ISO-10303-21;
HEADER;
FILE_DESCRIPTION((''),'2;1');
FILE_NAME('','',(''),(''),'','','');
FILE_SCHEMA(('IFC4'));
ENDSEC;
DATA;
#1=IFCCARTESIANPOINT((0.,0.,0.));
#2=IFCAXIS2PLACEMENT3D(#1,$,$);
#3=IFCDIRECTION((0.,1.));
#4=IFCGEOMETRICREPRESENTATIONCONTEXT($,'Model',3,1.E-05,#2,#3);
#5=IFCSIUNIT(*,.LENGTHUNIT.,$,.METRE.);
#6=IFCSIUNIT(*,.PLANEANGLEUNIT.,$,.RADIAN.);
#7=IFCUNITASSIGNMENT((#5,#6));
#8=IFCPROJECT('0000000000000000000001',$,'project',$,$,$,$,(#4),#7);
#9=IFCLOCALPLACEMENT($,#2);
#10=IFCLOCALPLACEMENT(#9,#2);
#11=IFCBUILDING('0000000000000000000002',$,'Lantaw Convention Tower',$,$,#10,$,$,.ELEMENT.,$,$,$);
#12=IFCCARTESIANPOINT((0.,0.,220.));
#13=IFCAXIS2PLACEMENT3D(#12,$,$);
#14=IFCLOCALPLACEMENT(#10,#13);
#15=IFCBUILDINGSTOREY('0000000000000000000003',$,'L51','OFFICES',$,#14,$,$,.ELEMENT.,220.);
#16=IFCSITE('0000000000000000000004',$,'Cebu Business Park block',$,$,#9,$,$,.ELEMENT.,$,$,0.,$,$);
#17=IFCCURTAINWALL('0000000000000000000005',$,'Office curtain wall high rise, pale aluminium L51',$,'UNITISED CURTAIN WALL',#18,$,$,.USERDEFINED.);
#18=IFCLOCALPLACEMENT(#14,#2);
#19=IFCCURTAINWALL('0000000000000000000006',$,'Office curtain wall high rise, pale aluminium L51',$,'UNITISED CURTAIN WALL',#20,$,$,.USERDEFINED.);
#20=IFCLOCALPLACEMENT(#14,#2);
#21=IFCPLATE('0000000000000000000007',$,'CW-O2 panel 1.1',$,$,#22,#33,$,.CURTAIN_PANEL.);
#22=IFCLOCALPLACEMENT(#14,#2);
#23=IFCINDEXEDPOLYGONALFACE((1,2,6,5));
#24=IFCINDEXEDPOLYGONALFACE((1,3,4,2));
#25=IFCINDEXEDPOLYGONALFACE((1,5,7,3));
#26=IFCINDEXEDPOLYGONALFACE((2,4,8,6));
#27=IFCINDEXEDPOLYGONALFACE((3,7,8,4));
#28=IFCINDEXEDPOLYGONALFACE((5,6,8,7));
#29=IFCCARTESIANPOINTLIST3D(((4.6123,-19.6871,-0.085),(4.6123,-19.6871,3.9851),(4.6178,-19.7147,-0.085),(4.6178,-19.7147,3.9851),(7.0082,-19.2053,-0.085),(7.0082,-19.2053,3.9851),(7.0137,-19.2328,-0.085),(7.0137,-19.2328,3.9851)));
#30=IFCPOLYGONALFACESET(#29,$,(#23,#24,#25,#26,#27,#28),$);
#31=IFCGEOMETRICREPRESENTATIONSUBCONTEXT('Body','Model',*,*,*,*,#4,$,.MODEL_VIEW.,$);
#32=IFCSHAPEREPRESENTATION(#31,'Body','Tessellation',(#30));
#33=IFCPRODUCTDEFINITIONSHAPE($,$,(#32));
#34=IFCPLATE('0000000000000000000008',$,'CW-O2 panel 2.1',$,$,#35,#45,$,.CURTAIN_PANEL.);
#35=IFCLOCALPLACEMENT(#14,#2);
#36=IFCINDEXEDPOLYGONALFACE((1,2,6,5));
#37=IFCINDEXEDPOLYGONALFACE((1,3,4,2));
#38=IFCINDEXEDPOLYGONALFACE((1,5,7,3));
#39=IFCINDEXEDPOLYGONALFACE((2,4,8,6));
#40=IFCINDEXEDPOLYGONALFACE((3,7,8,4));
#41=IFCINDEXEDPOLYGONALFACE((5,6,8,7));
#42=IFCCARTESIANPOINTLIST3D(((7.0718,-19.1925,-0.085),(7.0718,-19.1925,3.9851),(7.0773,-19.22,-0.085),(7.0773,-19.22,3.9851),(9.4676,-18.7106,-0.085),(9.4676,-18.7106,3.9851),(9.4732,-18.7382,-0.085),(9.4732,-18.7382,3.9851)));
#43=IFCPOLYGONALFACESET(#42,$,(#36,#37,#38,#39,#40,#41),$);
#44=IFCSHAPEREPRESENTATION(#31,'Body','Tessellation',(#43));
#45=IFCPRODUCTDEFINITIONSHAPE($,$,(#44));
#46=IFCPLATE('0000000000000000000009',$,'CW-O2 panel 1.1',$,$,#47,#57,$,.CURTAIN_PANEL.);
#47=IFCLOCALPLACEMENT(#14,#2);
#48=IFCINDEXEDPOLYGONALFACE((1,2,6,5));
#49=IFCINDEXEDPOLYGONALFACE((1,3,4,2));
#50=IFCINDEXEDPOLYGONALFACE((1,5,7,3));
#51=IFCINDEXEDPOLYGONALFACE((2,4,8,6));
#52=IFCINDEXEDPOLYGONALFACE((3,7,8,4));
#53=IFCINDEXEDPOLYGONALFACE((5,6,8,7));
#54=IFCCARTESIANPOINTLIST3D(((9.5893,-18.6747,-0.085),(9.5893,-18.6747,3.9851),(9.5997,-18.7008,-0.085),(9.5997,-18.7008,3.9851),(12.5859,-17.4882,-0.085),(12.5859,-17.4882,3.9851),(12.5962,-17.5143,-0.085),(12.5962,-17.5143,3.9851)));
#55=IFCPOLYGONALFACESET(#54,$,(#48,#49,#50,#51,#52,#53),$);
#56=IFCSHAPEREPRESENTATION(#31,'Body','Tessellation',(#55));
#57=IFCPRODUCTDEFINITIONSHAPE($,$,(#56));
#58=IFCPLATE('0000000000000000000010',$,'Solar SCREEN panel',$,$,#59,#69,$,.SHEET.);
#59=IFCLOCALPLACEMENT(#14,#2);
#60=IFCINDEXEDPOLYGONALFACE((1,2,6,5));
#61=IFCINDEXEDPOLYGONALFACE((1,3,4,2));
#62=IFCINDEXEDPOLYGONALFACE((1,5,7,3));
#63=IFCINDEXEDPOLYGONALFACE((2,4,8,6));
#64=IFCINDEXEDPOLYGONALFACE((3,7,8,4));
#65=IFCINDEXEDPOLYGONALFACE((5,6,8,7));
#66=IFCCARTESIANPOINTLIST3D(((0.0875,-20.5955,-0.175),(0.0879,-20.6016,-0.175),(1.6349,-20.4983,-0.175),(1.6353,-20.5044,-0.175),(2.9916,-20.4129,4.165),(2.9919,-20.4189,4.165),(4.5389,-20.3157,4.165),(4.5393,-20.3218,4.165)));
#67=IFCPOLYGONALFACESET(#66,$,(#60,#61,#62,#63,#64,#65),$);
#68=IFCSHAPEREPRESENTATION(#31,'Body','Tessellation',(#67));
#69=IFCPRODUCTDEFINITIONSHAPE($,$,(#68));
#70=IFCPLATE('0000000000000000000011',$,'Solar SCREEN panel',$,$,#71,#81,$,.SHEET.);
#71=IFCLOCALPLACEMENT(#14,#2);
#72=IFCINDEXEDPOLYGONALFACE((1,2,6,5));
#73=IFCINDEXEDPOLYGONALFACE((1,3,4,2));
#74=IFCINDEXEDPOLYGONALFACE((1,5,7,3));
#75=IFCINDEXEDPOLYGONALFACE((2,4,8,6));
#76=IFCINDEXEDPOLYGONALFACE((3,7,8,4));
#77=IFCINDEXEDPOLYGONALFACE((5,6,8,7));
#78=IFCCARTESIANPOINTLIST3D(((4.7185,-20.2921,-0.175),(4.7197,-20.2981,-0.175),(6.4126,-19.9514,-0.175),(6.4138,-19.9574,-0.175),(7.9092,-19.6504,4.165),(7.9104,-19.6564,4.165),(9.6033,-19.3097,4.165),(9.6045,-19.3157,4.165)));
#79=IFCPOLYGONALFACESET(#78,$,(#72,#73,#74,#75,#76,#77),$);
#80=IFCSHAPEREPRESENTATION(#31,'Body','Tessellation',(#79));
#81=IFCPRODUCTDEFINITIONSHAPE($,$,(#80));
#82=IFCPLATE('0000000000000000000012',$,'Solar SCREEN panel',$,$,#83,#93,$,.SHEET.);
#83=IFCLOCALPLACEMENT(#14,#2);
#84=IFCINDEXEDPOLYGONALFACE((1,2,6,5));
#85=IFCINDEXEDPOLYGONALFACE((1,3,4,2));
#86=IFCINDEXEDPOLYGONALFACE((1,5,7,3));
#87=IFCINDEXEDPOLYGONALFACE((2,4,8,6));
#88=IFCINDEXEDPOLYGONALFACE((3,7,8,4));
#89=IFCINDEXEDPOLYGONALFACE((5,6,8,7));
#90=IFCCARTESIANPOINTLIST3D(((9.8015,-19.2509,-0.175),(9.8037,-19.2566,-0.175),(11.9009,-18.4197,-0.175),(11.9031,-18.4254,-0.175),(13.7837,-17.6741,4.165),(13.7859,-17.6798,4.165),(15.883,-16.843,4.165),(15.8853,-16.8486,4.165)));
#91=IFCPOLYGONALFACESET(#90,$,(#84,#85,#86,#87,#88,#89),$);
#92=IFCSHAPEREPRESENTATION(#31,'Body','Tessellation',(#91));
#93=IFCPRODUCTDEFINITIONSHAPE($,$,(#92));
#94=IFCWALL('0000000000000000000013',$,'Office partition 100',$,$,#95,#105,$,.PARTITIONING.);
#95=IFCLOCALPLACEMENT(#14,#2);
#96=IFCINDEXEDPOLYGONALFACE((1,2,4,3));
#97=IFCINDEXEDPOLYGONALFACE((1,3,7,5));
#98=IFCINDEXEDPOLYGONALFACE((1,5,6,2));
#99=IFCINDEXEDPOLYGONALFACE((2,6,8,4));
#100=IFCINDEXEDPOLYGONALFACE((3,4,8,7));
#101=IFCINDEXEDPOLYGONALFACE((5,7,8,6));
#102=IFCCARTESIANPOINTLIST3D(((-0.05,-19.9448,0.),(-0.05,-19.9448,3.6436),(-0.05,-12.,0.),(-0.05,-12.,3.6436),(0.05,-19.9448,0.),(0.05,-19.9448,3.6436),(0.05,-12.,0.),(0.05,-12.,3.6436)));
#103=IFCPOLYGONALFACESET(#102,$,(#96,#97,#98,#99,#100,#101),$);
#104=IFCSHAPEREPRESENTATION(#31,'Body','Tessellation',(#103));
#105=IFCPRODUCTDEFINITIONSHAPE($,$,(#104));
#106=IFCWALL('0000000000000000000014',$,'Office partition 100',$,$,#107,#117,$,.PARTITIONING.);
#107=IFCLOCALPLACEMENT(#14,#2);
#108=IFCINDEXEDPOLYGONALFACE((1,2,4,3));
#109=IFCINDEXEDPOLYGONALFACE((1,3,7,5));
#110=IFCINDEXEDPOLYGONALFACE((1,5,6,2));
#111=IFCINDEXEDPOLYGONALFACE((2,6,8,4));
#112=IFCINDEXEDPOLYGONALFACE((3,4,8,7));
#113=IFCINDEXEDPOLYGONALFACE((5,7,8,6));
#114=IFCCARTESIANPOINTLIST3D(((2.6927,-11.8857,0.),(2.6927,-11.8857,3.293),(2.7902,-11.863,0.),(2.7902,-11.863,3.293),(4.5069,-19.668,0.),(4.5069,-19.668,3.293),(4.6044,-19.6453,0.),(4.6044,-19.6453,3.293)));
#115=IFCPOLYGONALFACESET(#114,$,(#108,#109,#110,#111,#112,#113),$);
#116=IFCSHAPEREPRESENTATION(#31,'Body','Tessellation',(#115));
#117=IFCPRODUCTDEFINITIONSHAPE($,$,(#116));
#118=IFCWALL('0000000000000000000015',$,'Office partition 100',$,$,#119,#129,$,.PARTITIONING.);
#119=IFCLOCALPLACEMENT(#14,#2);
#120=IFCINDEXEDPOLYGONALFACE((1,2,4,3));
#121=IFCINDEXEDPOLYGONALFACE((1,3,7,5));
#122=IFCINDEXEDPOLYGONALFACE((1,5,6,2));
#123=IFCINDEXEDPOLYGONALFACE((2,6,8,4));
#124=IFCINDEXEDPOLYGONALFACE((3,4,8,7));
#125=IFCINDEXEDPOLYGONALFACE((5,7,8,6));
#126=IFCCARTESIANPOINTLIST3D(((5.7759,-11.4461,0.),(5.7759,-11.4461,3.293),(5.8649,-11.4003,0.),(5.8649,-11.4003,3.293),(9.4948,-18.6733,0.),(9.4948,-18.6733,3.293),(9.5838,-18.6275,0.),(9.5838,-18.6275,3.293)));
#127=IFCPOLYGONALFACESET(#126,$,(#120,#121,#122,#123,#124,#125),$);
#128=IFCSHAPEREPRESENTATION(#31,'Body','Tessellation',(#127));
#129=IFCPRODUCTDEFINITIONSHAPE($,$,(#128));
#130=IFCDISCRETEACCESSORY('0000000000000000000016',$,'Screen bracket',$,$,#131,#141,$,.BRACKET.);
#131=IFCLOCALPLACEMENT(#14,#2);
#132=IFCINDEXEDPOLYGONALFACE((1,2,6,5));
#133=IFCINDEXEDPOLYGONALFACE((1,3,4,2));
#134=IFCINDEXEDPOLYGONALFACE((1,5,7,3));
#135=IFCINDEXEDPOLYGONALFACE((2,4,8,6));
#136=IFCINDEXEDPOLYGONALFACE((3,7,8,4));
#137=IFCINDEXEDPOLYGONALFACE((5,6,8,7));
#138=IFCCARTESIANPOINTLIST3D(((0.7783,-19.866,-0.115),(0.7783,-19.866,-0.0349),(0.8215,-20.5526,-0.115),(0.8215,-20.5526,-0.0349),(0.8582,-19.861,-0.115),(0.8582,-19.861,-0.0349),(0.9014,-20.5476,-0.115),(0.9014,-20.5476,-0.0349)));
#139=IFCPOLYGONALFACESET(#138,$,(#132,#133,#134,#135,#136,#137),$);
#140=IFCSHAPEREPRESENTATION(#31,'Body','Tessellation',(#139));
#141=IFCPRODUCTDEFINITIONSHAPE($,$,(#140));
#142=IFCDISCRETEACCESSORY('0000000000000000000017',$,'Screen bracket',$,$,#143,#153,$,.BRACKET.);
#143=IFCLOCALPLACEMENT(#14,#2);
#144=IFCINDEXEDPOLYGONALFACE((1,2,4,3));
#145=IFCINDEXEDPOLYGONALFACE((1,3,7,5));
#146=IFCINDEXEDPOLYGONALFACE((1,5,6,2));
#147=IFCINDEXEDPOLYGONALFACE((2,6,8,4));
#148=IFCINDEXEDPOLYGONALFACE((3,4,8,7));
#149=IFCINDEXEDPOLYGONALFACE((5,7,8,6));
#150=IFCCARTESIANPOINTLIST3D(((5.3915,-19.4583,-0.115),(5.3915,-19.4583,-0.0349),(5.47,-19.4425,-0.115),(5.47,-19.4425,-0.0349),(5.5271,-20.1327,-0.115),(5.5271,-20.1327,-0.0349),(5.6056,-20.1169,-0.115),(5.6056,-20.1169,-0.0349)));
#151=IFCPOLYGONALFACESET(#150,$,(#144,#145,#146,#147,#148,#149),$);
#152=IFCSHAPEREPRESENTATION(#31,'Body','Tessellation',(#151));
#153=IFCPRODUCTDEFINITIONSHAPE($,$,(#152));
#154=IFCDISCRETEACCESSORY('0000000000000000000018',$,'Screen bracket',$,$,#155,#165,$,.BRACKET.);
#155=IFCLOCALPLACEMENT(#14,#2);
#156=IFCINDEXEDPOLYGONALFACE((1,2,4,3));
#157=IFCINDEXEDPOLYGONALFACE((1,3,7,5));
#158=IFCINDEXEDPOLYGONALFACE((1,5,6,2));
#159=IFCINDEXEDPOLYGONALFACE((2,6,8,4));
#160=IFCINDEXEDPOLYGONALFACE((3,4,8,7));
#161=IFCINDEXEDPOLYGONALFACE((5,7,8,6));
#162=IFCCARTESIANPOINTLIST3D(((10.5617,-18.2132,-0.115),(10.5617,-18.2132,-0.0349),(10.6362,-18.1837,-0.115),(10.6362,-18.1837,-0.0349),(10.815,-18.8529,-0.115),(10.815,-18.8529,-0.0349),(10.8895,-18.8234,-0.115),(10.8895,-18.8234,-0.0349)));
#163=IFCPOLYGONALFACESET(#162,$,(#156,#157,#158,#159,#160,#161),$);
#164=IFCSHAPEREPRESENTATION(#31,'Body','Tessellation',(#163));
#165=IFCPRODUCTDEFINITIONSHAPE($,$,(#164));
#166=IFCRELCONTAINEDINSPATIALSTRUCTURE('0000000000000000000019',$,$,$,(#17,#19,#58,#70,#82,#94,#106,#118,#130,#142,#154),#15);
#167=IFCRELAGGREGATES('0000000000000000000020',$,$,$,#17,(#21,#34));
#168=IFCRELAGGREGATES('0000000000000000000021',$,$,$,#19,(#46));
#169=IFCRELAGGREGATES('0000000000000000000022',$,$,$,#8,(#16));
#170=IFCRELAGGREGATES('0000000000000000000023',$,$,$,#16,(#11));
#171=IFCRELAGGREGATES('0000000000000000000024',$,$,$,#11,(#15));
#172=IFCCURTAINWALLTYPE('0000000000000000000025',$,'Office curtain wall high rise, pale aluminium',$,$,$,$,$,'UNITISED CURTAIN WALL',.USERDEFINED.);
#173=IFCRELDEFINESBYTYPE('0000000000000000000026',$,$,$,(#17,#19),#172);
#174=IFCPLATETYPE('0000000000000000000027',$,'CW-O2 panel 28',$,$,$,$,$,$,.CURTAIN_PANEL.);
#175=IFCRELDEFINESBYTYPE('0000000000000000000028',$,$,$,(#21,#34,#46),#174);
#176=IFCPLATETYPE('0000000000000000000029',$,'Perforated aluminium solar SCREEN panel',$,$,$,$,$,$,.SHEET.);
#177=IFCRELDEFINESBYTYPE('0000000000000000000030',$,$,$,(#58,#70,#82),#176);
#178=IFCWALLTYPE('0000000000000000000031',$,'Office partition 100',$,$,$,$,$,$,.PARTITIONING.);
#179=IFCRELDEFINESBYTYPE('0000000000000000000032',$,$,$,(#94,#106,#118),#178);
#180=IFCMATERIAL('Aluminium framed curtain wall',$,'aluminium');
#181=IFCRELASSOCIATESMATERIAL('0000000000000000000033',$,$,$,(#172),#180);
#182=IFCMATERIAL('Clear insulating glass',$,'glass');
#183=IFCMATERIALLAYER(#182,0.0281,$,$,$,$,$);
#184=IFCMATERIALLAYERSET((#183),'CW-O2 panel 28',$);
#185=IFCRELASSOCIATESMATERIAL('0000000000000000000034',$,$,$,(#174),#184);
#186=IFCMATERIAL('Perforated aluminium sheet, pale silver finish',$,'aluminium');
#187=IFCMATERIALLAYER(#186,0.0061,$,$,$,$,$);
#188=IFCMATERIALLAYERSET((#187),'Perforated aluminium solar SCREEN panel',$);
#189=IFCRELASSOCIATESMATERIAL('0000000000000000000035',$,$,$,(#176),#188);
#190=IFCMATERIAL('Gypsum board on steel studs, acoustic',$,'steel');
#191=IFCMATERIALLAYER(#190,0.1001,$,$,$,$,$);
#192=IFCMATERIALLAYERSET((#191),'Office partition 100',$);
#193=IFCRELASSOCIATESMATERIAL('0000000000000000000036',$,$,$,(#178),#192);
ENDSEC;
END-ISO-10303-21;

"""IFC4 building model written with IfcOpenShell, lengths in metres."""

from ifc_helpers import new_model, si_unit, direction, frame, frame_2d, origin, origin_2d, place, context, subcontext, project, spatial, polyline, rectangle, outline, extrude, material, layer, layer_set, type_object, element, aggregate, save


model = new_model("IFC4")

# Units and contexts
model_context = context("Model", 3, precision=1e-05, world=origin(), true_north=direction((0.0, 1.0)))
body_context = subcontext(model_context, "Body", "Model", "MODEL_VIEW")
ifc_project = project(units=[si_unit("LENGTHUNIT", "METRE"), si_unit("PLANEANGLEUNIT", "RADIAN")], contexts=[model_context])

# Site, building, storey
site_placement = place(None, origin())
site = spatial("IfcSite", under=ifc_project, at=site_placement, Name="Cebu Business Park block", CompositionType="ELEMENT", RefElevation=0.0)
building_placement = place(site_placement, origin())
building = spatial("IfcBuilding", under=site, at=building_placement, Name="Lantaw Convention Tower", CompositionType="ELEMENT")
storey_placement = place(building_placement, frame((0.0, 0.0, 220.0)))
storey = spatial("IfcBuildingStorey", under=building, at=storey_placement, Name="L51", Description="OFFICES", CompositionType="ELEMENT", Elevation=220.0)

# Curtain wall
ifc_material_1 = material(Name="Aluminium framed curtain wall", Category="aluminium")
curtain_wall_type = type_object("IfcCurtainWallType", Name="Office curtain wall high rise, pale aluminium", ElementType="UNITISED CURTAIN WALL", PredefinedType="USERDEFINED", material=ifc_material_1)
curtain_wall_1_placement = place(storey_placement, origin())
curtain_wall_1 = element("IfcCurtainWall", 1, at=curtain_wall_1_placement, inside=storey, type_object=curtain_wall_type, Name="Office curtain wall high rise, pale aluminium L51", ObjectType="UNITISED CURTAIN WALL", PredefinedType="USERDEFINED")

# Curtain wall
curtain_wall_2_placement = place(storey_placement, origin())
curtain_wall_2 = element("IfcCurtainWall", 2, at=curtain_wall_2_placement, inside=storey, type_object=curtain_wall_type, Name="Office curtain wall high rise, pale aluminium L51", ObjectType="UNITISED CURTAIN WALL", PredefinedType="USERDEFINED")

# Plates
ifc_material_2 = material(Name="Clear insulating glass", Category="glass")
ifc_layer_1 = layer(ifc_material_2, 0.0281)
ifc_layer_set_1 = layer_set([ifc_layer_1], Name="CW-O2 panel 28")
plate_type_1 = type_object("IfcPlateType", Name="CW-O2 panel 28", PredefinedType="CURTAIN_PANEL", material=ifc_layer_set_1)
plate_1_placement = place(storey_placement, frame((5.813, -19.46, -0.085), z_axis=(0.0, 0.0, 1.0), x_axis=(0.980367, 0.197183, 0.0)))
plate_1 = element("IfcPlate", 3, at=plate_1_placement, type_object=plate_type_1, Name="CW-O2 panel 1.1", PredefinedType="CURTAIN_PANEL", context=body_context, shape_type="SweptSolid", body=[
    extrude(rectangle(XDim=2.4438, YDim=0.0281, at=origin_2d()), origin(), (0.0, 0.0, 1.0), 4.0701),
])
plate_2_placement = place(storey_placement, frame((8.2725, -18.9653, -0.085), z_axis=(0.0, 0.0, 1.0), x_axis=(0.980367, 0.197183, 0.0)))
plate_2 = element("IfcPlate", 4, at=plate_2_placement, type_object=plate_type_1, Name="CW-O2 panel 2.1", PredefinedType="CURTAIN_PANEL", context=body_context, shape_type="SweptSolid", body=[
    extrude(rectangle(XDim=2.4438, YDim=0.0281, at=origin_2d()), origin(), (0.0, 0.0, 1.0), 4.0701),
])
aggregate(curtain_wall_1, [plate_1, plate_2])
plate_3_placement = place(storey_placement, frame((11.0928, -18.0945, -0.085), z_axis=(0.0, 0.0, 1.0), x_axis=(0.929762, 0.368162, 0.0)))
plate_3 = element("IfcPlate", 5, at=plate_3_placement, type_object=plate_type_1, Name="CW-O2 panel 1.1", PredefinedType="CURTAIN_PANEL", context=body_context, shape_type="SweptSolid", body=[
    extrude(rectangle(XDim=3.2229, YDim=0.0281, at=origin_2d()), origin(), (0.0, 0.0, 1.0), 4.0701),
])
aggregate(curtain_wall_2, [plate_3])

# Plates
ifc_material_3 = material(Name="Perforated aluminium sheet, pale silver finish", Category="aluminium")
ifc_layer_2 = layer(ifc_material_3, 0.0061)
ifc_layer_set_2 = layer_set([ifc_layer_2], Name="Perforated aluminium solar SCREEN panel")
plate_type_2 = type_object("IfcPlateType", Name="Perforated aluminium solar SCREEN panel", PredefinedType="SHEET", material=ifc_layer_set_2)
plate_4_placement = place(storey_placement, frame((0.0879, -20.6016, -0.175), z_axis=(0.062672, -0.998034, 0.000059), x_axis=(0.998034, 0.062672, 0.0)))
element("IfcPlate", 6, at=plate_4_placement, inside=storey, type_object=plate_type_2, Name="Solar SCREEN panel", PredefinedType="SHEET", context=body_context, shape_type="SweptSolid", body=[
    extrude(outline(polyline([(0.0, 0.0), (1.5504, 0.0), (4.4602, 4.3401), (2.9098, 4.3401), (0.0, 0.0)])), origin(), (0.0, 0.0, -1.0), 0.0061),
])
plate_5_placement = place(storey_placement, frame((4.7197, -20.2981, -0.175), z_axis=(0.197162, -0.980371, 0.000011), x_axis=(0.980371, 0.197162, 0.0)))
element("IfcPlate", 7, at=plate_5_placement, inside=storey, type_object=plate_type_2, Name="Solar SCREEN panel", PredefinedType="SHEET", context=body_context, shape_type="SweptSolid", body=[
    extrude(outline(polyline([(0.0, 0.0), (1.728, 0.0), (4.9826, 4.3401), (3.2546, 4.3401), (0.0, 0.0)])), origin(), (0.0, 0.0, -1.0), 0.0061),
])
plate_6_placement = place(storey_placement, frame((9.8037, -19.2566, -0.175), z_axis=(0.368117, -0.92978, 0.000036), x_axis=(0.92978, 0.368117, 0.0)))
element("IfcPlate", 8, at=plate_6_placement, inside=storey, type_object=plate_type_2, Name="Solar SCREEN panel", PredefinedType="SHEET", context=body_context, shape_type="SweptSolid", body=[
    extrude(outline(polyline([(0.0, 0.0), (2.258, 0.0), (6.5409, 4.3401), (4.283, 4.3401), (0.0, 0.0)])), origin(), (0.0, 0.0, -1.0), 0.0061),
])

# Walls
ifc_material_4 = material(Name="Gypsum board on steel studs, acoustic", Category="steel")
ifc_layer_3 = layer(ifc_material_4, 0.1001)
ifc_layer_set_3 = layer_set([ifc_layer_3], Name="Office partition 100")
wall_type = type_object("IfcWallType", Name="Office partition 100", PredefinedType="PARTITIONING", material=ifc_layer_set_3)
wall_1_placement = place(storey_placement, frame((0.0, -19.9448, 0.0), z_axis=(0.0, 0.0, 1.0), x_axis=(0.0, 1.0, 0.0)))
element("IfcWall", 9, at=wall_1_placement, inside=storey, type_object=wall_type, Name="Office partition 100", PredefinedType="PARTITIONING", context=body_context, shape_type="SweptSolid", body=[
    extrude(rectangle(XDim=7.9448, YDim=0.1001, at=frame_2d((3.9724, 0.0))), origin(), (0.0, 0.0, 1.0), 3.6436),
])
wall_2_placement = place(storey_placement, frame((4.5557, -19.6567, 0.0), z_axis=(0.0, 0.0, 1.0), x_axis=(-0.227035, 0.973887, 0.0)))
element("IfcWall", 10, at=wall_2_placement, inside=storey, type_object=wall_type, Name="Office partition 100", PredefinedType="PARTITIONING", context=body_context, shape_type="SweptSolid", body=[
    extrude(rectangle(XDim=7.991, YDim=0.1001, at=frame_2d((3.9956, 0.0))), origin(), (0.0, 0.0, 1.0), 3.293),
])
wall_3_placement = place(storey_placement, frame((9.5393, -18.6504, 0.0), z_axis=(0.0, 0.0, 1.0), x_axis=(-0.457552, 0.889183, 0.0)))
element("IfcWall", 11, at=wall_3_placement, inside=storey, type_object=wall_type, Name="Office partition 100", PredefinedType="PARTITIONING", context=body_context, shape_type="SweptSolid", body=[
    extrude(rectangle(XDim=8.1279, YDim=0.1001, at=frame_2d((4.064, 0.0))), origin(), (0.0, 0.0, 1.0), 3.293),
])

# Discrete accessories
for number, where, z_axis, x_axis, name in (
    (12, (0.8398, -20.2068, -0.115), (0.0, 0.0, 1.0), (0.998029, 0.062758, 0.0), "Screen bracket"),
    (13, (5.4985, -19.7876, -0.115), (0.0, 0.0, 1.0), (0.980367, 0.197183, 0.0), "Screen bracket"),
    (14, (10.7256, -18.5183, -0.115), (0.0, 0.0, 1.0), (0.929762, 0.368162, 0.0), "Screen bracket"),
):
    element("IfcDiscreteAccessory", number, at=place(storey_placement, frame(where, z_axis=z_axis, x_axis=x_axis)), inside=storey, Name=name, PredefinedType="BRACKET", context=body_context, shape_type="SweptSolid", body=[
        extrude(rectangle(XDim=0.0801, YDim=0.688, at=origin_2d()), origin(), (0.0, 0.0, 1.0), 0.0801),
    ])

save(model, "model.ifc")
